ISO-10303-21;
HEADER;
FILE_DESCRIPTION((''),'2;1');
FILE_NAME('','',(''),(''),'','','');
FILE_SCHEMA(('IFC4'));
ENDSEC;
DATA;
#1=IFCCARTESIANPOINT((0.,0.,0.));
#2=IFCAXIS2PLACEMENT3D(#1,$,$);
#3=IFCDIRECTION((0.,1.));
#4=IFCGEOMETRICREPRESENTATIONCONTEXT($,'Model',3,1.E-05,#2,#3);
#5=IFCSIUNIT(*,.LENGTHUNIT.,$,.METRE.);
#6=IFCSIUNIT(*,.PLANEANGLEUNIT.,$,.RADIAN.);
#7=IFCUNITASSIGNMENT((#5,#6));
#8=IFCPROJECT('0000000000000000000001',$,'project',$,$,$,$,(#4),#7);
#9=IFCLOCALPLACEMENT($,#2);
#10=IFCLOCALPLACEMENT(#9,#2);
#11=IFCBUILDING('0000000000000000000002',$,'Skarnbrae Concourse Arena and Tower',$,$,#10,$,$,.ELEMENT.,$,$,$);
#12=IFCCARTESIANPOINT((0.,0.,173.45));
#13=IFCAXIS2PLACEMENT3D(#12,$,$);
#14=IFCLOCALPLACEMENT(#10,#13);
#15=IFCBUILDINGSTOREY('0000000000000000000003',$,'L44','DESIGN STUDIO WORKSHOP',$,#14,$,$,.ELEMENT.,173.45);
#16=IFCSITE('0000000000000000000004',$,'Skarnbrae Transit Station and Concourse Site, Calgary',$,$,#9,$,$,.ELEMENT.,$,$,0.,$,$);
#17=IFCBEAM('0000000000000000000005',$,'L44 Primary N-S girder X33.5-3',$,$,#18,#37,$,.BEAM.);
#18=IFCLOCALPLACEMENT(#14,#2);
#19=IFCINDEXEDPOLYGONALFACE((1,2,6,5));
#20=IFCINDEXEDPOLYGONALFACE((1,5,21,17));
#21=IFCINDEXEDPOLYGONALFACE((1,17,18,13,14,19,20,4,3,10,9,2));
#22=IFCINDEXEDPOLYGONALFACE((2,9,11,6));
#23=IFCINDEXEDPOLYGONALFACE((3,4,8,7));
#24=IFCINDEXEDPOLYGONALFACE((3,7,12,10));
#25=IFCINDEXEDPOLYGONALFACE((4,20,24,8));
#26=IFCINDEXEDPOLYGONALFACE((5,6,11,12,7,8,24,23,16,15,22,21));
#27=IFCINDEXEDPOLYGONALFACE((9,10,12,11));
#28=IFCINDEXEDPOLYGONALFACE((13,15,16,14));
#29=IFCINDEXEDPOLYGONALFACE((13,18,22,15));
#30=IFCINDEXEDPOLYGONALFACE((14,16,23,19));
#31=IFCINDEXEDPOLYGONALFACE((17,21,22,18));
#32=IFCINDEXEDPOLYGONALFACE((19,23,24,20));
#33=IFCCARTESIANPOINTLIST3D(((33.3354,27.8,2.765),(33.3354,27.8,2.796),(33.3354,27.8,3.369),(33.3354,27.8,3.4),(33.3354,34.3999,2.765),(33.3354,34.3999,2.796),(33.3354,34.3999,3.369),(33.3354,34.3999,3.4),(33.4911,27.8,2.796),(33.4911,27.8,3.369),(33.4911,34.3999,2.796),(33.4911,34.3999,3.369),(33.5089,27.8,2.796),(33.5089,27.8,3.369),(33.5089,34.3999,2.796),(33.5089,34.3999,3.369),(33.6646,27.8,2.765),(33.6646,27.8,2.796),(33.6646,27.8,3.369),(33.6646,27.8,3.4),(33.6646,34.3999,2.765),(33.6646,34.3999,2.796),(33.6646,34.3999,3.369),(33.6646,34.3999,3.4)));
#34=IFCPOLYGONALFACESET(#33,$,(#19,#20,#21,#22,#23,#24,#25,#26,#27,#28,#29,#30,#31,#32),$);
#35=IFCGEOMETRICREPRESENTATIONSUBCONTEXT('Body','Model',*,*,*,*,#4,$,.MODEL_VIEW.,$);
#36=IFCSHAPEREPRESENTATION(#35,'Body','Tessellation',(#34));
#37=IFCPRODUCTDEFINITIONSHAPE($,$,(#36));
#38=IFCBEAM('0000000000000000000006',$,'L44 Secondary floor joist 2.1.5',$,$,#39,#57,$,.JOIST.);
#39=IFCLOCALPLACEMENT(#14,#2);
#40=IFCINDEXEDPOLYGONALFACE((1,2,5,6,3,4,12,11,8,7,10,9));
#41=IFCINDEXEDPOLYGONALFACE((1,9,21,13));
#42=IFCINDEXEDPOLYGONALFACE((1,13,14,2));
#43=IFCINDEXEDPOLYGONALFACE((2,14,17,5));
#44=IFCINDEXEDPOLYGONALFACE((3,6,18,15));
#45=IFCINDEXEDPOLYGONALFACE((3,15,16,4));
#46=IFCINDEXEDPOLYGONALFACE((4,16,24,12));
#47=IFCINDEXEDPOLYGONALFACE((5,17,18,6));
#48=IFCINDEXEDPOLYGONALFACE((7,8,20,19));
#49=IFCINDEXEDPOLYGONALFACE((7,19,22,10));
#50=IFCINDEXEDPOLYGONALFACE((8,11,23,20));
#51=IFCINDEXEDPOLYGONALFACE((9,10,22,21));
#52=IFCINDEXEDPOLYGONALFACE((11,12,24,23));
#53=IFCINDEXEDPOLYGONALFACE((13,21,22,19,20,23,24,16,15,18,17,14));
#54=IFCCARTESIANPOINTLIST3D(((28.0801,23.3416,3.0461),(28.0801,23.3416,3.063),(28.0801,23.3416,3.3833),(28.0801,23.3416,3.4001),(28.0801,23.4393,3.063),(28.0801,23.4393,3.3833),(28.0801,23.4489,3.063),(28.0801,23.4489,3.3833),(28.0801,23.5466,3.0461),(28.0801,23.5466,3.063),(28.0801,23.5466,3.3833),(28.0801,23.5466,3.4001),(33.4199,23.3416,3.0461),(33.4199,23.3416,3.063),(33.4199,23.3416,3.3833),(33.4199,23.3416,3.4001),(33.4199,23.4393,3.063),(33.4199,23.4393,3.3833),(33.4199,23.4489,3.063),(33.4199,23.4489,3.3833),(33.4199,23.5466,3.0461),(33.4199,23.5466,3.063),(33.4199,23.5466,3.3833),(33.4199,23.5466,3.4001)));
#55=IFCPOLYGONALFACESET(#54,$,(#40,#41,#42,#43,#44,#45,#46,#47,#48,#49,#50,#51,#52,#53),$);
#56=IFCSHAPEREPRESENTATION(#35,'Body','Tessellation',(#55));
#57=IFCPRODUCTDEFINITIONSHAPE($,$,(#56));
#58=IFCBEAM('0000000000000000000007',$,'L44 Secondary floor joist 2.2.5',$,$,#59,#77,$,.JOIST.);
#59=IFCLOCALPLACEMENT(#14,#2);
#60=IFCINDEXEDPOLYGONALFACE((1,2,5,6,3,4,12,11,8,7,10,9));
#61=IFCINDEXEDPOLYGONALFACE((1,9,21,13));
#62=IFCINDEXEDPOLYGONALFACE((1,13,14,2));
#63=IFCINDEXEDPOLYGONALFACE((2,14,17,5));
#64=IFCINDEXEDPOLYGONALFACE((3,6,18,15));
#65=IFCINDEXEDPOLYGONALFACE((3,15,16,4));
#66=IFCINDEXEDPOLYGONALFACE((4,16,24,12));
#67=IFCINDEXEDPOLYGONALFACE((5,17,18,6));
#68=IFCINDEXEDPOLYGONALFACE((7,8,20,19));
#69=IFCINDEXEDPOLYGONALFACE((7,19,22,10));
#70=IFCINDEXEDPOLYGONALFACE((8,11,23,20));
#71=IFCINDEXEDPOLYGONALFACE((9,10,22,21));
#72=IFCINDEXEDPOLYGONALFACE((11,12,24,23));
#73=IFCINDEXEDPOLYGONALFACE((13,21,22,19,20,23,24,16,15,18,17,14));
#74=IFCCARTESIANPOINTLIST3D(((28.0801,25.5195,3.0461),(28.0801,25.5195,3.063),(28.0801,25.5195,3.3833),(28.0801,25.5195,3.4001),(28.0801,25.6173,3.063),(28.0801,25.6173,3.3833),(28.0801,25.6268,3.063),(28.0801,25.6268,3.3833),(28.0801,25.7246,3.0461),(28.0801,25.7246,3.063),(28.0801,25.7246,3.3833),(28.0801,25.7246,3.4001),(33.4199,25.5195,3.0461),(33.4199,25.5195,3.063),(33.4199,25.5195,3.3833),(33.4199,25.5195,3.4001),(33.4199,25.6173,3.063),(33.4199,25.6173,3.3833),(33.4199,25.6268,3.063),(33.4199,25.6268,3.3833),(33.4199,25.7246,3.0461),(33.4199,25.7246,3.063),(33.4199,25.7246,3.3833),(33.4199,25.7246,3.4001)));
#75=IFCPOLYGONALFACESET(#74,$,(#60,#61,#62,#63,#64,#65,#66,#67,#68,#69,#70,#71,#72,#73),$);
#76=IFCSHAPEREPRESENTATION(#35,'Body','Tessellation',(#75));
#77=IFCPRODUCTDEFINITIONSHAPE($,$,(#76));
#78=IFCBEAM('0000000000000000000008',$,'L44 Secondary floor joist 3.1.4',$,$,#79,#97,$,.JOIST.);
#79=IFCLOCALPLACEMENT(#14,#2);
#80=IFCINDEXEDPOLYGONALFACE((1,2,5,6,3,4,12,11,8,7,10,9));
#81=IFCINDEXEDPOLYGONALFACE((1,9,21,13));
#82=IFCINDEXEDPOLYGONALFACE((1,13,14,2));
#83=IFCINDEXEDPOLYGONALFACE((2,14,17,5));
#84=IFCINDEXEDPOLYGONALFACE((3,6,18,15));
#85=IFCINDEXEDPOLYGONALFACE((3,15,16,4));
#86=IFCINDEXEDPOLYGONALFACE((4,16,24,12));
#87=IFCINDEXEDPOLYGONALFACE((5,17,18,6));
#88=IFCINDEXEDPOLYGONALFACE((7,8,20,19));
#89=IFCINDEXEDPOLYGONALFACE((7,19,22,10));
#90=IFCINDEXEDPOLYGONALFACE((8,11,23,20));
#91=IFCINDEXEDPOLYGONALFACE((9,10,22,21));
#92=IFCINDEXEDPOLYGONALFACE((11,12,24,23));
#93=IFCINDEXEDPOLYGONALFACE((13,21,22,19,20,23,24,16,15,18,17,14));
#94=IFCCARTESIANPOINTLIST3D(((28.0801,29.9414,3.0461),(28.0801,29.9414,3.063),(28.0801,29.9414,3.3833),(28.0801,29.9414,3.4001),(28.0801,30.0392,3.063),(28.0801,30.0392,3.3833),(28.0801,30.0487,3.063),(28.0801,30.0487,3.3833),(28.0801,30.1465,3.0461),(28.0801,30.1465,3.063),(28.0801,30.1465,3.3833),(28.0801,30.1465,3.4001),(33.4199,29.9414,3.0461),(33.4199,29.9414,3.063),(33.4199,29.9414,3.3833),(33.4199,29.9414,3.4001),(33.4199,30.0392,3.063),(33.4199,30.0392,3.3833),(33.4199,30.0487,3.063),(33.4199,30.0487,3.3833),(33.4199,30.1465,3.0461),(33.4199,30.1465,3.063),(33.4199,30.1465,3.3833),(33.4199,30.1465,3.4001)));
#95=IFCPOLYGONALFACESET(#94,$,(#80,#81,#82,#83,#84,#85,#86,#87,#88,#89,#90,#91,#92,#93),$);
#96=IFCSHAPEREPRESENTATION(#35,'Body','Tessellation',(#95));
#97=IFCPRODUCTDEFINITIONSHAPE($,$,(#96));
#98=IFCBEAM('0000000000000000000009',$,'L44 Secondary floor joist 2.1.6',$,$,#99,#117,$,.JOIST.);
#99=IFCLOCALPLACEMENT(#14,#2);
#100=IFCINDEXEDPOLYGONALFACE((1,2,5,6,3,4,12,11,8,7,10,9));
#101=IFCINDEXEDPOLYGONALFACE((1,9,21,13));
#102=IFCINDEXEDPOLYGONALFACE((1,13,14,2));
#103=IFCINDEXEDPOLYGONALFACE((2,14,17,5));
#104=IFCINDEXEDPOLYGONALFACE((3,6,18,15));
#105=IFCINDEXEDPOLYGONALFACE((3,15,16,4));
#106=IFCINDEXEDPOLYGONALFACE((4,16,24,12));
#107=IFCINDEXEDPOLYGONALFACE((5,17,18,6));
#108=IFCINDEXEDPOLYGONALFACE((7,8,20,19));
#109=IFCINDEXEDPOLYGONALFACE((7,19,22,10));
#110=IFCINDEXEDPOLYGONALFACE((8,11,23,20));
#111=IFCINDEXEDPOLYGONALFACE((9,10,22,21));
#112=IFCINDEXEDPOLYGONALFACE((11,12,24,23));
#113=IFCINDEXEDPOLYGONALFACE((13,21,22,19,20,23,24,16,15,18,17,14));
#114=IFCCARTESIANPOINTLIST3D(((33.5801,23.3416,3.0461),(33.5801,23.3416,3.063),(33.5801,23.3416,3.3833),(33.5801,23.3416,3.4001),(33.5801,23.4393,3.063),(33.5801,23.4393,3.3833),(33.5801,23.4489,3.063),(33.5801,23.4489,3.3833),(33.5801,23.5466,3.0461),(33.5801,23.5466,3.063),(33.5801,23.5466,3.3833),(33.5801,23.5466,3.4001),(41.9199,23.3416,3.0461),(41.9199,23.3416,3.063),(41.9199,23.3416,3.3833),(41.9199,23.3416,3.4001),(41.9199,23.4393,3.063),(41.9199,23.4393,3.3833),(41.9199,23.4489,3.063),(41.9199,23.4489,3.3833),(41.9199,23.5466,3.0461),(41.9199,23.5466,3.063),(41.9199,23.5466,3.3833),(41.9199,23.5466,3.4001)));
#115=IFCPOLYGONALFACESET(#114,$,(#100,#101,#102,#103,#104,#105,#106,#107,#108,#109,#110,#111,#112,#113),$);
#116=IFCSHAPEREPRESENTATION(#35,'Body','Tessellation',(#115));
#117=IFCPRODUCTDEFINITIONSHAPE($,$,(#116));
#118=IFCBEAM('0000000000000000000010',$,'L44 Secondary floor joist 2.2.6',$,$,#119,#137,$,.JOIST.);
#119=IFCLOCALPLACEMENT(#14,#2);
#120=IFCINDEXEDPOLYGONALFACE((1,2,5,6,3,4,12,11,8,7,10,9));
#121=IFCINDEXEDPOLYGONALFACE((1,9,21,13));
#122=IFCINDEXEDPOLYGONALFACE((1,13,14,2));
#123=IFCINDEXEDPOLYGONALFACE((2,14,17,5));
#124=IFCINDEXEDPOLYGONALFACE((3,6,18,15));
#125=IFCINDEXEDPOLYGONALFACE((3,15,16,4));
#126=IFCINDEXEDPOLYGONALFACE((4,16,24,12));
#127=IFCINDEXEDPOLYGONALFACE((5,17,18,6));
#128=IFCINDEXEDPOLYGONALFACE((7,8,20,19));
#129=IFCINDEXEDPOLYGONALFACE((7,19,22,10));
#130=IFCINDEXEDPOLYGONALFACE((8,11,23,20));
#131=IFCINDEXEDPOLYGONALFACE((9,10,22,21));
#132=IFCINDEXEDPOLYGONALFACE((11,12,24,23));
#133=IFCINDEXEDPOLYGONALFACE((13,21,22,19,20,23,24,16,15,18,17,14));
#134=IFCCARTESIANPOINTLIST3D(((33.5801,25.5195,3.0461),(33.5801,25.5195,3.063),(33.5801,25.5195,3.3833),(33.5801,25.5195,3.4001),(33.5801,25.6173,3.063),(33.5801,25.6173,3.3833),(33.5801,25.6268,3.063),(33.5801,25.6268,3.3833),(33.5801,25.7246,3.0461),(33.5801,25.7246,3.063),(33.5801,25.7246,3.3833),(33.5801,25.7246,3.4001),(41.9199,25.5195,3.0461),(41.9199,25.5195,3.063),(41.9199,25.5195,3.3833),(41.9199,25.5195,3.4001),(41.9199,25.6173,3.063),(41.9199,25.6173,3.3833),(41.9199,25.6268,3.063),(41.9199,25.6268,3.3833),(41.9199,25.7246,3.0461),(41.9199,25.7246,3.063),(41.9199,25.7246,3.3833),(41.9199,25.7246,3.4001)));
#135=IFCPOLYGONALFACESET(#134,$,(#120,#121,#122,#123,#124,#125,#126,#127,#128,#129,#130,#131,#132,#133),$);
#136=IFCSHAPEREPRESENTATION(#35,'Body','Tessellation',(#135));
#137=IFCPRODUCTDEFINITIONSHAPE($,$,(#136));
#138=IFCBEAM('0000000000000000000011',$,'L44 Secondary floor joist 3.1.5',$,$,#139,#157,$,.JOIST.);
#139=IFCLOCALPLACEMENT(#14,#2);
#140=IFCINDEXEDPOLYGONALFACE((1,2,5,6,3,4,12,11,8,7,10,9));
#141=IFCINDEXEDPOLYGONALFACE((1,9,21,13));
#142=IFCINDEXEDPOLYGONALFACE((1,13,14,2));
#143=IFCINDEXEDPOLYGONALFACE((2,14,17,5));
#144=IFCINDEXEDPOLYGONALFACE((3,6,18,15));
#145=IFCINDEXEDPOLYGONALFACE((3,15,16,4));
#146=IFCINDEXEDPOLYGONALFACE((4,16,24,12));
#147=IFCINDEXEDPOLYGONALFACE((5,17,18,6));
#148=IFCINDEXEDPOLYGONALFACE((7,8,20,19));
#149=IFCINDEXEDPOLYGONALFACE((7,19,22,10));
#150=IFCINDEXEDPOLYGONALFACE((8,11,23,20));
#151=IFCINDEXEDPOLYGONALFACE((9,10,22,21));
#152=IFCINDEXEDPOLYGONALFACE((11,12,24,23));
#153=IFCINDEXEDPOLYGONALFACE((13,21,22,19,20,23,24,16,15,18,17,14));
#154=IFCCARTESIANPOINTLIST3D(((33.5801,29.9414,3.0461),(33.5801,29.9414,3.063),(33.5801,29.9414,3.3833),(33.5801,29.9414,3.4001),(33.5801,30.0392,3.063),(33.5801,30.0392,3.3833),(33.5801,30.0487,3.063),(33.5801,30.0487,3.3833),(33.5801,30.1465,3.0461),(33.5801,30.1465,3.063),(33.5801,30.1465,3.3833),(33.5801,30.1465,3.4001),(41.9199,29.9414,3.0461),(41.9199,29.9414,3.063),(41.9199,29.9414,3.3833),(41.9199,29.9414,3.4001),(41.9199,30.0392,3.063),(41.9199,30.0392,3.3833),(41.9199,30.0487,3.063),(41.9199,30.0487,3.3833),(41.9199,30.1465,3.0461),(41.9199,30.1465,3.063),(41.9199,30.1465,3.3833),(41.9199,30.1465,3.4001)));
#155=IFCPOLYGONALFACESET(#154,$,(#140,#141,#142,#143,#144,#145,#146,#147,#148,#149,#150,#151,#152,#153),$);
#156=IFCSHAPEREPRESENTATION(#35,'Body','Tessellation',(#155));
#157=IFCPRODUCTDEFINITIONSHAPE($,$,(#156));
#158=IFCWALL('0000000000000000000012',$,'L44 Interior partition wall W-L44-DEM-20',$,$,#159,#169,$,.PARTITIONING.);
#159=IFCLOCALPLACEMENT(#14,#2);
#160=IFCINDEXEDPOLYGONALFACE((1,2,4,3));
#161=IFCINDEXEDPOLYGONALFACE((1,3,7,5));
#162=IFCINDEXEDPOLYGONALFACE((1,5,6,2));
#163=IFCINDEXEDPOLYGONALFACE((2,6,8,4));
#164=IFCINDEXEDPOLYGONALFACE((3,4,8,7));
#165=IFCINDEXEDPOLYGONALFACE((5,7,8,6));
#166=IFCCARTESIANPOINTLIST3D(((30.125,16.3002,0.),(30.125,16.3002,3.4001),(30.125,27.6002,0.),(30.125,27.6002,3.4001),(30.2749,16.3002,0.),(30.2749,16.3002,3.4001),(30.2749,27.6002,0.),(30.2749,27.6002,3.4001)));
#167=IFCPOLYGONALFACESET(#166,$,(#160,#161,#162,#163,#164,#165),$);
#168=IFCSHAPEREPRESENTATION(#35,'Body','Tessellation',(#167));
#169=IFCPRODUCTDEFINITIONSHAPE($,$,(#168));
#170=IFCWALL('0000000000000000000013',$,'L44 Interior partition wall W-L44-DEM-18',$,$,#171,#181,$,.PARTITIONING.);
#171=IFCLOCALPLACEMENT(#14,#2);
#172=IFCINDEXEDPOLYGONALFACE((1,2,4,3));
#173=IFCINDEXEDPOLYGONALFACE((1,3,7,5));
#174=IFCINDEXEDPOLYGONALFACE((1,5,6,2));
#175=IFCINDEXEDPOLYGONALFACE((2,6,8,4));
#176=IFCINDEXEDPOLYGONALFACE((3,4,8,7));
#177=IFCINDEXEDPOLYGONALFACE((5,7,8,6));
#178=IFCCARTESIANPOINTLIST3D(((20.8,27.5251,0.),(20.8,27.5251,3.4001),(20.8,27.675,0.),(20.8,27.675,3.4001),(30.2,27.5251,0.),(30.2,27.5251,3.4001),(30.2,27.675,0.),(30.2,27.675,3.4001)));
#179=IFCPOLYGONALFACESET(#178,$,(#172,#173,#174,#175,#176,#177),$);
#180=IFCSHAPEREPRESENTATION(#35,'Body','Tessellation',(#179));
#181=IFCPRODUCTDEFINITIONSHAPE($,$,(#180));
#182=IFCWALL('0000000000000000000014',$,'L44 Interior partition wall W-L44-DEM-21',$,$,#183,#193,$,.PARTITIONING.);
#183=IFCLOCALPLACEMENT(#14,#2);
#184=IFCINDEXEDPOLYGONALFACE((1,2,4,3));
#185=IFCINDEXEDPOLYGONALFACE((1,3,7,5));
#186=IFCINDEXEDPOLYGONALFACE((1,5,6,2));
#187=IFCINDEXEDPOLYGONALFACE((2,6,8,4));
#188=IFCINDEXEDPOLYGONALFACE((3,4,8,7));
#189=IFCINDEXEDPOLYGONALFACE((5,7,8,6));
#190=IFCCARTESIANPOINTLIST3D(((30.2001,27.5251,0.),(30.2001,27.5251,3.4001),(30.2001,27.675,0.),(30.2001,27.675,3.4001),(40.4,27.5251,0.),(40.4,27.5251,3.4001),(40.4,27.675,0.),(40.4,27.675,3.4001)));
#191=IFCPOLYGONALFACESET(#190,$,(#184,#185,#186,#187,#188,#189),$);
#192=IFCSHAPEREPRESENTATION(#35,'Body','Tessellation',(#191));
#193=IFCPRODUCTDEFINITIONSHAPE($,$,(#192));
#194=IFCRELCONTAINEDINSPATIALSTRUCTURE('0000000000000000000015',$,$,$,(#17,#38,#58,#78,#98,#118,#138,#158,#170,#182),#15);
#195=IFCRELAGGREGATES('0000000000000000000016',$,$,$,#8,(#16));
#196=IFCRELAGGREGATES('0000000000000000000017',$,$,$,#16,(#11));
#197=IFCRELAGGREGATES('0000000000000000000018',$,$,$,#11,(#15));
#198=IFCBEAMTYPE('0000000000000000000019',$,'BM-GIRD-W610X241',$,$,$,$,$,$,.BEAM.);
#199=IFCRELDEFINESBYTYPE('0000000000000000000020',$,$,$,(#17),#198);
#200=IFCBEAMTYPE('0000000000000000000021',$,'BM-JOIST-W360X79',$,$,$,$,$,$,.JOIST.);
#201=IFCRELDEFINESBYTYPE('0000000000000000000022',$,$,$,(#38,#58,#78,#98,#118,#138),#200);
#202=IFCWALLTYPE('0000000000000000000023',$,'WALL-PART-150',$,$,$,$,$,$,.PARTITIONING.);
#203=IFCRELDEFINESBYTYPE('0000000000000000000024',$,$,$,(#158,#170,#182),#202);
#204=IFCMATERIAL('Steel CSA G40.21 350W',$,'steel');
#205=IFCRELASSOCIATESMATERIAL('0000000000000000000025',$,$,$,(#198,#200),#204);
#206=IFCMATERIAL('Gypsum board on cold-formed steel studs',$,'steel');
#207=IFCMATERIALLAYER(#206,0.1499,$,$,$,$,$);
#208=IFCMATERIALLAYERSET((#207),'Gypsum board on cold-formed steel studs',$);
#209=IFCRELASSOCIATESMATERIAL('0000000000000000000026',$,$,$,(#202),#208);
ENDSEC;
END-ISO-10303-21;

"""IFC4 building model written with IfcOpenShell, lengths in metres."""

from ifc_helpers import new_model, si_unit, direction, frame, frame_2d, origin, origin_2d, place, context, subcontext, project, spatial, rectangle, i_section, extrude, source, transform, mapped, material, layer, layer_set, material_profile, profile_set, type_object, element, save


model = new_model("IFC4")

# Units and contexts
model_context = context("Model", 3, precision=1e-05, world=origin(), true_north=direction((0.0, 1.0)))
body_context = subcontext(model_context, "Body", "Model", "MODEL_VIEW")
ifc_project = project(units=[si_unit("LENGTHUNIT", "METRE"), si_unit("PLANEANGLEUNIT", "RADIAN")], contexts=[model_context])

# Site, building, storey
site_placement = place(None, origin())
site = spatial("IfcSite", under=ifc_project, at=site_placement, Name="Skarnbrae Transit Station and Concourse Site, Calgary", CompositionType="ELEMENT", RefElevation=0.0)
building_placement = place(site_placement, origin())
building = spatial("IfcBuilding", under=site, at=building_placement, Name="Skarnbrae Concourse Arena and Tower", CompositionType="ELEMENT")
storey_placement = place(building_placement, frame((0.0, 0.0, 173.45)))
storey = spatial("IfcBuildingStorey", under=building, at=storey_placement, Name="L44", Description="DESIGN STUDIO WORKSHOP", CompositionType="ELEMENT", Elevation=173.45)

# Shared definitions
ifc_material_1 = material(Name="Steel CSA G40.21 350W", Category="steel")

# Beams
ifc_material_profile_1 = material_profile(ifc_material_1, i_section(OverallWidth=0.3291, OverallDepth=0.635, WebThickness=0.0178, FlangeThickness=0.031, at=origin_2d()), Name="W610X241")
ifc_profile_set_1 = profile_set([ifc_material_profile_1], Name="Steel CSA G40.21 350W")
beam_type_1 = type_object("IfcBeamType", Name="BM-GIRD-W610X241", PredefinedType="BEAM", material=ifc_profile_set_1)
shared_shape_1 = source(origin(), body_context, "Body", "SweptSolid", [
    extrude(i_section(OverallWidth=0.3291, OverallDepth=0.635, WebThickness=0.0178, FlangeThickness=0.031, at=origin_2d()), origin(), (0.0, 0.0, 1.0), 6.5999),
])
for number, where, z_axis, x_axis, name in (
    (1, (33.5, 27.8, 3.0825), (0.0, 1.0, 0.0), (-1.0, 0.0, 0.0), "L44 Primary N-S girder X33.5-3"),
):
    element("IfcBeam", number, at=place(storey_placement, frame(where, z_axis=z_axis, x_axis=x_axis)), inside=storey, type_object=beam_type_1, Name=name, PredefinedType="BEAM", context=body_context, shape_type="MappedRepresentation", body=[
        mapped(shared_shape_1, transform((0.0, 0.0, 0.0))),
    ])
ifc_material_profile_2 = material_profile(ifc_material_1, i_section(OverallWidth=0.2051, OverallDepth=0.354, WebThickness=0.0095, FlangeThickness=0.0168, at=origin_2d()), Name="W360X79")
ifc_profile_set_2 = profile_set([ifc_material_profile_2], Name="Steel CSA G40.21 350W")
beam_type_2 = type_object("IfcBeamType", Name="BM-JOIST-W360X79", PredefinedType="JOIST", material=ifc_profile_set_2)
shared_shape_2 = source(origin(), body_context, "Body", "SweptSolid", [
    extrude(i_section(OverallWidth=0.2051, OverallDepth=0.354, WebThickness=0.0095, FlangeThickness=0.0168, at=origin_2d()), origin(), (0.0, 0.0, 1.0), 5.3398),
])
for number, where, z_axis, x_axis, name in (
    (2, (28.0801, 23.4441, 3.2231), (1.0, 0.0, 0.0), (0.0, 1.0, 0.0), "L44 Secondary floor joist 2.1.5"),
    (3, (28.0801, 25.6221, 3.2231), (1.0, 0.0, 0.0), (0.0, 1.0, 0.0), "L44 Secondary floor joist 2.2.5"),
    (4, (28.0801, 30.0439, 3.2231), (1.0, 0.0, 0.0), (0.0, 1.0, 0.0), "L44 Secondary floor joist 3.1.4"),
):
    element("IfcBeam", number, at=place(storey_placement, frame(where, z_axis=z_axis, x_axis=x_axis)), inside=storey, type_object=beam_type_2, Name=name, PredefinedType="JOIST", context=body_context, shape_type="MappedRepresentation", body=[
        mapped(shared_shape_2, transform((0.0, 0.0, 0.0))),
    ])
shared_shape_3 = source(origin(), body_context, "Body", "SweptSolid", [
    extrude(i_section(OverallWidth=0.2051, OverallDepth=0.354, WebThickness=0.0095, FlangeThickness=0.0168, at=origin_2d()), origin(), (0.0, 0.0, 1.0), 8.3398),
])
for number, where, z_axis, x_axis, name in (
    (5, (33.5801, 23.4441, 3.2231), (1.0, 0.0, 0.0), (0.0, 1.0, 0.0), "L44 Secondary floor joist 2.1.6"),
    (6, (33.5801, 25.6221, 3.2231), (1.0, 0.0, 0.0), (0.0, 1.0, 0.0), "L44 Secondary floor joist 2.2.6"),
    (7, (33.5801, 30.0439, 3.2231), (1.0, 0.0, 0.0), (0.0, 1.0, 0.0), "L44 Secondary floor joist 3.1.5"),
):
    element("IfcBeam", number, at=place(storey_placement, frame(where, z_axis=z_axis, x_axis=x_axis)), inside=storey, type_object=beam_type_2, Name=name, PredefinedType="JOIST", context=body_context, shape_type="MappedRepresentation", body=[
        mapped(shared_shape_3, transform((0.0, 0.0, 0.0))),
    ])

# Walls
ifc_material_2 = material(Name="Gypsum board on cold-formed steel studs", Category="steel")
ifc_layer = layer(ifc_material_2, 0.1499)
ifc_layer_set = layer_set([ifc_layer], Name="Gypsum board on cold-formed steel studs")
wall_type = type_object("IfcWallType", Name="WALL-PART-150", PredefinedType="PARTITIONING", material=ifc_layer_set)
shared_shape_4 = source(origin(), body_context, "Body", "SweptSolid", [
    extrude(rectangle(XDim=11.3, YDim=0.1499, at=frame_2d((5.6499, 0.0))), origin(), (0.0, 0.0, 1.0), 3.4001),
])
wall_1_placement = place(storey_placement, frame((30.2, 27.6001, 0.0), z_axis=(0.0, 0.0, 1.0), x_axis=(0.0, -1.0, 0.0)))
element("IfcWall", 8, at=wall_1_placement, inside=storey, type_object=wall_type, Name="L44 Interior partition wall W-L44-DEM-20", PredefinedType="PARTITIONING", context=body_context, shape_type="MappedRepresentation", body=[
    mapped(shared_shape_4, transform((0.0, 0.0, 0.0))),
])
shared_shape_5 = source(origin(), body_context, "Body", "SweptSolid", [
    extrude(rectangle(XDim=9.3999, YDim=0.1499, at=frame_2d((4.7, 0.0))), origin(), (0.0, 0.0, 1.0), 3.4001),
])
wall_2_placement = place(storey_placement, frame((30.2, 27.6001, 0.0), z_axis=(0.0, 0.0, 1.0), x_axis=(-1.0, 0.0, 0.0)))
element("IfcWall", 9, at=wall_2_placement, inside=storey, type_object=wall_type, Name="L44 Interior partition wall W-L44-DEM-18", PredefinedType="PARTITIONING", context=body_context, shape_type="MappedRepresentation", body=[
    mapped(shared_shape_5, transform((0.0, 0.0, 0.0))),
])
shared_shape_6 = source(origin(), body_context, "Body", "SweptSolid", [
    extrude(rectangle(XDim=10.2, YDim=0.1499, at=frame_2d((5.1001, 0.0))), origin(), (0.0, 0.0, 1.0), 3.4001),
])
wall_3_placement = place(storey_placement, frame((30.2, 27.6001, 0.0), z_axis=(0.0, 0.0, 1.0), x_axis=(1.0, 0.0, 0.0)))
element("IfcWall", 10, at=wall_3_placement, inside=storey, type_object=wall_type, Name="L44 Interior partition wall W-L44-DEM-21", PredefinedType="PARTITIONING", context=body_context, shape_type="MappedRepresentation", body=[
    mapped(shared_shape_6, transform((0.0, 0.0, 0.0))),
])

save(model, "model.ifc")
